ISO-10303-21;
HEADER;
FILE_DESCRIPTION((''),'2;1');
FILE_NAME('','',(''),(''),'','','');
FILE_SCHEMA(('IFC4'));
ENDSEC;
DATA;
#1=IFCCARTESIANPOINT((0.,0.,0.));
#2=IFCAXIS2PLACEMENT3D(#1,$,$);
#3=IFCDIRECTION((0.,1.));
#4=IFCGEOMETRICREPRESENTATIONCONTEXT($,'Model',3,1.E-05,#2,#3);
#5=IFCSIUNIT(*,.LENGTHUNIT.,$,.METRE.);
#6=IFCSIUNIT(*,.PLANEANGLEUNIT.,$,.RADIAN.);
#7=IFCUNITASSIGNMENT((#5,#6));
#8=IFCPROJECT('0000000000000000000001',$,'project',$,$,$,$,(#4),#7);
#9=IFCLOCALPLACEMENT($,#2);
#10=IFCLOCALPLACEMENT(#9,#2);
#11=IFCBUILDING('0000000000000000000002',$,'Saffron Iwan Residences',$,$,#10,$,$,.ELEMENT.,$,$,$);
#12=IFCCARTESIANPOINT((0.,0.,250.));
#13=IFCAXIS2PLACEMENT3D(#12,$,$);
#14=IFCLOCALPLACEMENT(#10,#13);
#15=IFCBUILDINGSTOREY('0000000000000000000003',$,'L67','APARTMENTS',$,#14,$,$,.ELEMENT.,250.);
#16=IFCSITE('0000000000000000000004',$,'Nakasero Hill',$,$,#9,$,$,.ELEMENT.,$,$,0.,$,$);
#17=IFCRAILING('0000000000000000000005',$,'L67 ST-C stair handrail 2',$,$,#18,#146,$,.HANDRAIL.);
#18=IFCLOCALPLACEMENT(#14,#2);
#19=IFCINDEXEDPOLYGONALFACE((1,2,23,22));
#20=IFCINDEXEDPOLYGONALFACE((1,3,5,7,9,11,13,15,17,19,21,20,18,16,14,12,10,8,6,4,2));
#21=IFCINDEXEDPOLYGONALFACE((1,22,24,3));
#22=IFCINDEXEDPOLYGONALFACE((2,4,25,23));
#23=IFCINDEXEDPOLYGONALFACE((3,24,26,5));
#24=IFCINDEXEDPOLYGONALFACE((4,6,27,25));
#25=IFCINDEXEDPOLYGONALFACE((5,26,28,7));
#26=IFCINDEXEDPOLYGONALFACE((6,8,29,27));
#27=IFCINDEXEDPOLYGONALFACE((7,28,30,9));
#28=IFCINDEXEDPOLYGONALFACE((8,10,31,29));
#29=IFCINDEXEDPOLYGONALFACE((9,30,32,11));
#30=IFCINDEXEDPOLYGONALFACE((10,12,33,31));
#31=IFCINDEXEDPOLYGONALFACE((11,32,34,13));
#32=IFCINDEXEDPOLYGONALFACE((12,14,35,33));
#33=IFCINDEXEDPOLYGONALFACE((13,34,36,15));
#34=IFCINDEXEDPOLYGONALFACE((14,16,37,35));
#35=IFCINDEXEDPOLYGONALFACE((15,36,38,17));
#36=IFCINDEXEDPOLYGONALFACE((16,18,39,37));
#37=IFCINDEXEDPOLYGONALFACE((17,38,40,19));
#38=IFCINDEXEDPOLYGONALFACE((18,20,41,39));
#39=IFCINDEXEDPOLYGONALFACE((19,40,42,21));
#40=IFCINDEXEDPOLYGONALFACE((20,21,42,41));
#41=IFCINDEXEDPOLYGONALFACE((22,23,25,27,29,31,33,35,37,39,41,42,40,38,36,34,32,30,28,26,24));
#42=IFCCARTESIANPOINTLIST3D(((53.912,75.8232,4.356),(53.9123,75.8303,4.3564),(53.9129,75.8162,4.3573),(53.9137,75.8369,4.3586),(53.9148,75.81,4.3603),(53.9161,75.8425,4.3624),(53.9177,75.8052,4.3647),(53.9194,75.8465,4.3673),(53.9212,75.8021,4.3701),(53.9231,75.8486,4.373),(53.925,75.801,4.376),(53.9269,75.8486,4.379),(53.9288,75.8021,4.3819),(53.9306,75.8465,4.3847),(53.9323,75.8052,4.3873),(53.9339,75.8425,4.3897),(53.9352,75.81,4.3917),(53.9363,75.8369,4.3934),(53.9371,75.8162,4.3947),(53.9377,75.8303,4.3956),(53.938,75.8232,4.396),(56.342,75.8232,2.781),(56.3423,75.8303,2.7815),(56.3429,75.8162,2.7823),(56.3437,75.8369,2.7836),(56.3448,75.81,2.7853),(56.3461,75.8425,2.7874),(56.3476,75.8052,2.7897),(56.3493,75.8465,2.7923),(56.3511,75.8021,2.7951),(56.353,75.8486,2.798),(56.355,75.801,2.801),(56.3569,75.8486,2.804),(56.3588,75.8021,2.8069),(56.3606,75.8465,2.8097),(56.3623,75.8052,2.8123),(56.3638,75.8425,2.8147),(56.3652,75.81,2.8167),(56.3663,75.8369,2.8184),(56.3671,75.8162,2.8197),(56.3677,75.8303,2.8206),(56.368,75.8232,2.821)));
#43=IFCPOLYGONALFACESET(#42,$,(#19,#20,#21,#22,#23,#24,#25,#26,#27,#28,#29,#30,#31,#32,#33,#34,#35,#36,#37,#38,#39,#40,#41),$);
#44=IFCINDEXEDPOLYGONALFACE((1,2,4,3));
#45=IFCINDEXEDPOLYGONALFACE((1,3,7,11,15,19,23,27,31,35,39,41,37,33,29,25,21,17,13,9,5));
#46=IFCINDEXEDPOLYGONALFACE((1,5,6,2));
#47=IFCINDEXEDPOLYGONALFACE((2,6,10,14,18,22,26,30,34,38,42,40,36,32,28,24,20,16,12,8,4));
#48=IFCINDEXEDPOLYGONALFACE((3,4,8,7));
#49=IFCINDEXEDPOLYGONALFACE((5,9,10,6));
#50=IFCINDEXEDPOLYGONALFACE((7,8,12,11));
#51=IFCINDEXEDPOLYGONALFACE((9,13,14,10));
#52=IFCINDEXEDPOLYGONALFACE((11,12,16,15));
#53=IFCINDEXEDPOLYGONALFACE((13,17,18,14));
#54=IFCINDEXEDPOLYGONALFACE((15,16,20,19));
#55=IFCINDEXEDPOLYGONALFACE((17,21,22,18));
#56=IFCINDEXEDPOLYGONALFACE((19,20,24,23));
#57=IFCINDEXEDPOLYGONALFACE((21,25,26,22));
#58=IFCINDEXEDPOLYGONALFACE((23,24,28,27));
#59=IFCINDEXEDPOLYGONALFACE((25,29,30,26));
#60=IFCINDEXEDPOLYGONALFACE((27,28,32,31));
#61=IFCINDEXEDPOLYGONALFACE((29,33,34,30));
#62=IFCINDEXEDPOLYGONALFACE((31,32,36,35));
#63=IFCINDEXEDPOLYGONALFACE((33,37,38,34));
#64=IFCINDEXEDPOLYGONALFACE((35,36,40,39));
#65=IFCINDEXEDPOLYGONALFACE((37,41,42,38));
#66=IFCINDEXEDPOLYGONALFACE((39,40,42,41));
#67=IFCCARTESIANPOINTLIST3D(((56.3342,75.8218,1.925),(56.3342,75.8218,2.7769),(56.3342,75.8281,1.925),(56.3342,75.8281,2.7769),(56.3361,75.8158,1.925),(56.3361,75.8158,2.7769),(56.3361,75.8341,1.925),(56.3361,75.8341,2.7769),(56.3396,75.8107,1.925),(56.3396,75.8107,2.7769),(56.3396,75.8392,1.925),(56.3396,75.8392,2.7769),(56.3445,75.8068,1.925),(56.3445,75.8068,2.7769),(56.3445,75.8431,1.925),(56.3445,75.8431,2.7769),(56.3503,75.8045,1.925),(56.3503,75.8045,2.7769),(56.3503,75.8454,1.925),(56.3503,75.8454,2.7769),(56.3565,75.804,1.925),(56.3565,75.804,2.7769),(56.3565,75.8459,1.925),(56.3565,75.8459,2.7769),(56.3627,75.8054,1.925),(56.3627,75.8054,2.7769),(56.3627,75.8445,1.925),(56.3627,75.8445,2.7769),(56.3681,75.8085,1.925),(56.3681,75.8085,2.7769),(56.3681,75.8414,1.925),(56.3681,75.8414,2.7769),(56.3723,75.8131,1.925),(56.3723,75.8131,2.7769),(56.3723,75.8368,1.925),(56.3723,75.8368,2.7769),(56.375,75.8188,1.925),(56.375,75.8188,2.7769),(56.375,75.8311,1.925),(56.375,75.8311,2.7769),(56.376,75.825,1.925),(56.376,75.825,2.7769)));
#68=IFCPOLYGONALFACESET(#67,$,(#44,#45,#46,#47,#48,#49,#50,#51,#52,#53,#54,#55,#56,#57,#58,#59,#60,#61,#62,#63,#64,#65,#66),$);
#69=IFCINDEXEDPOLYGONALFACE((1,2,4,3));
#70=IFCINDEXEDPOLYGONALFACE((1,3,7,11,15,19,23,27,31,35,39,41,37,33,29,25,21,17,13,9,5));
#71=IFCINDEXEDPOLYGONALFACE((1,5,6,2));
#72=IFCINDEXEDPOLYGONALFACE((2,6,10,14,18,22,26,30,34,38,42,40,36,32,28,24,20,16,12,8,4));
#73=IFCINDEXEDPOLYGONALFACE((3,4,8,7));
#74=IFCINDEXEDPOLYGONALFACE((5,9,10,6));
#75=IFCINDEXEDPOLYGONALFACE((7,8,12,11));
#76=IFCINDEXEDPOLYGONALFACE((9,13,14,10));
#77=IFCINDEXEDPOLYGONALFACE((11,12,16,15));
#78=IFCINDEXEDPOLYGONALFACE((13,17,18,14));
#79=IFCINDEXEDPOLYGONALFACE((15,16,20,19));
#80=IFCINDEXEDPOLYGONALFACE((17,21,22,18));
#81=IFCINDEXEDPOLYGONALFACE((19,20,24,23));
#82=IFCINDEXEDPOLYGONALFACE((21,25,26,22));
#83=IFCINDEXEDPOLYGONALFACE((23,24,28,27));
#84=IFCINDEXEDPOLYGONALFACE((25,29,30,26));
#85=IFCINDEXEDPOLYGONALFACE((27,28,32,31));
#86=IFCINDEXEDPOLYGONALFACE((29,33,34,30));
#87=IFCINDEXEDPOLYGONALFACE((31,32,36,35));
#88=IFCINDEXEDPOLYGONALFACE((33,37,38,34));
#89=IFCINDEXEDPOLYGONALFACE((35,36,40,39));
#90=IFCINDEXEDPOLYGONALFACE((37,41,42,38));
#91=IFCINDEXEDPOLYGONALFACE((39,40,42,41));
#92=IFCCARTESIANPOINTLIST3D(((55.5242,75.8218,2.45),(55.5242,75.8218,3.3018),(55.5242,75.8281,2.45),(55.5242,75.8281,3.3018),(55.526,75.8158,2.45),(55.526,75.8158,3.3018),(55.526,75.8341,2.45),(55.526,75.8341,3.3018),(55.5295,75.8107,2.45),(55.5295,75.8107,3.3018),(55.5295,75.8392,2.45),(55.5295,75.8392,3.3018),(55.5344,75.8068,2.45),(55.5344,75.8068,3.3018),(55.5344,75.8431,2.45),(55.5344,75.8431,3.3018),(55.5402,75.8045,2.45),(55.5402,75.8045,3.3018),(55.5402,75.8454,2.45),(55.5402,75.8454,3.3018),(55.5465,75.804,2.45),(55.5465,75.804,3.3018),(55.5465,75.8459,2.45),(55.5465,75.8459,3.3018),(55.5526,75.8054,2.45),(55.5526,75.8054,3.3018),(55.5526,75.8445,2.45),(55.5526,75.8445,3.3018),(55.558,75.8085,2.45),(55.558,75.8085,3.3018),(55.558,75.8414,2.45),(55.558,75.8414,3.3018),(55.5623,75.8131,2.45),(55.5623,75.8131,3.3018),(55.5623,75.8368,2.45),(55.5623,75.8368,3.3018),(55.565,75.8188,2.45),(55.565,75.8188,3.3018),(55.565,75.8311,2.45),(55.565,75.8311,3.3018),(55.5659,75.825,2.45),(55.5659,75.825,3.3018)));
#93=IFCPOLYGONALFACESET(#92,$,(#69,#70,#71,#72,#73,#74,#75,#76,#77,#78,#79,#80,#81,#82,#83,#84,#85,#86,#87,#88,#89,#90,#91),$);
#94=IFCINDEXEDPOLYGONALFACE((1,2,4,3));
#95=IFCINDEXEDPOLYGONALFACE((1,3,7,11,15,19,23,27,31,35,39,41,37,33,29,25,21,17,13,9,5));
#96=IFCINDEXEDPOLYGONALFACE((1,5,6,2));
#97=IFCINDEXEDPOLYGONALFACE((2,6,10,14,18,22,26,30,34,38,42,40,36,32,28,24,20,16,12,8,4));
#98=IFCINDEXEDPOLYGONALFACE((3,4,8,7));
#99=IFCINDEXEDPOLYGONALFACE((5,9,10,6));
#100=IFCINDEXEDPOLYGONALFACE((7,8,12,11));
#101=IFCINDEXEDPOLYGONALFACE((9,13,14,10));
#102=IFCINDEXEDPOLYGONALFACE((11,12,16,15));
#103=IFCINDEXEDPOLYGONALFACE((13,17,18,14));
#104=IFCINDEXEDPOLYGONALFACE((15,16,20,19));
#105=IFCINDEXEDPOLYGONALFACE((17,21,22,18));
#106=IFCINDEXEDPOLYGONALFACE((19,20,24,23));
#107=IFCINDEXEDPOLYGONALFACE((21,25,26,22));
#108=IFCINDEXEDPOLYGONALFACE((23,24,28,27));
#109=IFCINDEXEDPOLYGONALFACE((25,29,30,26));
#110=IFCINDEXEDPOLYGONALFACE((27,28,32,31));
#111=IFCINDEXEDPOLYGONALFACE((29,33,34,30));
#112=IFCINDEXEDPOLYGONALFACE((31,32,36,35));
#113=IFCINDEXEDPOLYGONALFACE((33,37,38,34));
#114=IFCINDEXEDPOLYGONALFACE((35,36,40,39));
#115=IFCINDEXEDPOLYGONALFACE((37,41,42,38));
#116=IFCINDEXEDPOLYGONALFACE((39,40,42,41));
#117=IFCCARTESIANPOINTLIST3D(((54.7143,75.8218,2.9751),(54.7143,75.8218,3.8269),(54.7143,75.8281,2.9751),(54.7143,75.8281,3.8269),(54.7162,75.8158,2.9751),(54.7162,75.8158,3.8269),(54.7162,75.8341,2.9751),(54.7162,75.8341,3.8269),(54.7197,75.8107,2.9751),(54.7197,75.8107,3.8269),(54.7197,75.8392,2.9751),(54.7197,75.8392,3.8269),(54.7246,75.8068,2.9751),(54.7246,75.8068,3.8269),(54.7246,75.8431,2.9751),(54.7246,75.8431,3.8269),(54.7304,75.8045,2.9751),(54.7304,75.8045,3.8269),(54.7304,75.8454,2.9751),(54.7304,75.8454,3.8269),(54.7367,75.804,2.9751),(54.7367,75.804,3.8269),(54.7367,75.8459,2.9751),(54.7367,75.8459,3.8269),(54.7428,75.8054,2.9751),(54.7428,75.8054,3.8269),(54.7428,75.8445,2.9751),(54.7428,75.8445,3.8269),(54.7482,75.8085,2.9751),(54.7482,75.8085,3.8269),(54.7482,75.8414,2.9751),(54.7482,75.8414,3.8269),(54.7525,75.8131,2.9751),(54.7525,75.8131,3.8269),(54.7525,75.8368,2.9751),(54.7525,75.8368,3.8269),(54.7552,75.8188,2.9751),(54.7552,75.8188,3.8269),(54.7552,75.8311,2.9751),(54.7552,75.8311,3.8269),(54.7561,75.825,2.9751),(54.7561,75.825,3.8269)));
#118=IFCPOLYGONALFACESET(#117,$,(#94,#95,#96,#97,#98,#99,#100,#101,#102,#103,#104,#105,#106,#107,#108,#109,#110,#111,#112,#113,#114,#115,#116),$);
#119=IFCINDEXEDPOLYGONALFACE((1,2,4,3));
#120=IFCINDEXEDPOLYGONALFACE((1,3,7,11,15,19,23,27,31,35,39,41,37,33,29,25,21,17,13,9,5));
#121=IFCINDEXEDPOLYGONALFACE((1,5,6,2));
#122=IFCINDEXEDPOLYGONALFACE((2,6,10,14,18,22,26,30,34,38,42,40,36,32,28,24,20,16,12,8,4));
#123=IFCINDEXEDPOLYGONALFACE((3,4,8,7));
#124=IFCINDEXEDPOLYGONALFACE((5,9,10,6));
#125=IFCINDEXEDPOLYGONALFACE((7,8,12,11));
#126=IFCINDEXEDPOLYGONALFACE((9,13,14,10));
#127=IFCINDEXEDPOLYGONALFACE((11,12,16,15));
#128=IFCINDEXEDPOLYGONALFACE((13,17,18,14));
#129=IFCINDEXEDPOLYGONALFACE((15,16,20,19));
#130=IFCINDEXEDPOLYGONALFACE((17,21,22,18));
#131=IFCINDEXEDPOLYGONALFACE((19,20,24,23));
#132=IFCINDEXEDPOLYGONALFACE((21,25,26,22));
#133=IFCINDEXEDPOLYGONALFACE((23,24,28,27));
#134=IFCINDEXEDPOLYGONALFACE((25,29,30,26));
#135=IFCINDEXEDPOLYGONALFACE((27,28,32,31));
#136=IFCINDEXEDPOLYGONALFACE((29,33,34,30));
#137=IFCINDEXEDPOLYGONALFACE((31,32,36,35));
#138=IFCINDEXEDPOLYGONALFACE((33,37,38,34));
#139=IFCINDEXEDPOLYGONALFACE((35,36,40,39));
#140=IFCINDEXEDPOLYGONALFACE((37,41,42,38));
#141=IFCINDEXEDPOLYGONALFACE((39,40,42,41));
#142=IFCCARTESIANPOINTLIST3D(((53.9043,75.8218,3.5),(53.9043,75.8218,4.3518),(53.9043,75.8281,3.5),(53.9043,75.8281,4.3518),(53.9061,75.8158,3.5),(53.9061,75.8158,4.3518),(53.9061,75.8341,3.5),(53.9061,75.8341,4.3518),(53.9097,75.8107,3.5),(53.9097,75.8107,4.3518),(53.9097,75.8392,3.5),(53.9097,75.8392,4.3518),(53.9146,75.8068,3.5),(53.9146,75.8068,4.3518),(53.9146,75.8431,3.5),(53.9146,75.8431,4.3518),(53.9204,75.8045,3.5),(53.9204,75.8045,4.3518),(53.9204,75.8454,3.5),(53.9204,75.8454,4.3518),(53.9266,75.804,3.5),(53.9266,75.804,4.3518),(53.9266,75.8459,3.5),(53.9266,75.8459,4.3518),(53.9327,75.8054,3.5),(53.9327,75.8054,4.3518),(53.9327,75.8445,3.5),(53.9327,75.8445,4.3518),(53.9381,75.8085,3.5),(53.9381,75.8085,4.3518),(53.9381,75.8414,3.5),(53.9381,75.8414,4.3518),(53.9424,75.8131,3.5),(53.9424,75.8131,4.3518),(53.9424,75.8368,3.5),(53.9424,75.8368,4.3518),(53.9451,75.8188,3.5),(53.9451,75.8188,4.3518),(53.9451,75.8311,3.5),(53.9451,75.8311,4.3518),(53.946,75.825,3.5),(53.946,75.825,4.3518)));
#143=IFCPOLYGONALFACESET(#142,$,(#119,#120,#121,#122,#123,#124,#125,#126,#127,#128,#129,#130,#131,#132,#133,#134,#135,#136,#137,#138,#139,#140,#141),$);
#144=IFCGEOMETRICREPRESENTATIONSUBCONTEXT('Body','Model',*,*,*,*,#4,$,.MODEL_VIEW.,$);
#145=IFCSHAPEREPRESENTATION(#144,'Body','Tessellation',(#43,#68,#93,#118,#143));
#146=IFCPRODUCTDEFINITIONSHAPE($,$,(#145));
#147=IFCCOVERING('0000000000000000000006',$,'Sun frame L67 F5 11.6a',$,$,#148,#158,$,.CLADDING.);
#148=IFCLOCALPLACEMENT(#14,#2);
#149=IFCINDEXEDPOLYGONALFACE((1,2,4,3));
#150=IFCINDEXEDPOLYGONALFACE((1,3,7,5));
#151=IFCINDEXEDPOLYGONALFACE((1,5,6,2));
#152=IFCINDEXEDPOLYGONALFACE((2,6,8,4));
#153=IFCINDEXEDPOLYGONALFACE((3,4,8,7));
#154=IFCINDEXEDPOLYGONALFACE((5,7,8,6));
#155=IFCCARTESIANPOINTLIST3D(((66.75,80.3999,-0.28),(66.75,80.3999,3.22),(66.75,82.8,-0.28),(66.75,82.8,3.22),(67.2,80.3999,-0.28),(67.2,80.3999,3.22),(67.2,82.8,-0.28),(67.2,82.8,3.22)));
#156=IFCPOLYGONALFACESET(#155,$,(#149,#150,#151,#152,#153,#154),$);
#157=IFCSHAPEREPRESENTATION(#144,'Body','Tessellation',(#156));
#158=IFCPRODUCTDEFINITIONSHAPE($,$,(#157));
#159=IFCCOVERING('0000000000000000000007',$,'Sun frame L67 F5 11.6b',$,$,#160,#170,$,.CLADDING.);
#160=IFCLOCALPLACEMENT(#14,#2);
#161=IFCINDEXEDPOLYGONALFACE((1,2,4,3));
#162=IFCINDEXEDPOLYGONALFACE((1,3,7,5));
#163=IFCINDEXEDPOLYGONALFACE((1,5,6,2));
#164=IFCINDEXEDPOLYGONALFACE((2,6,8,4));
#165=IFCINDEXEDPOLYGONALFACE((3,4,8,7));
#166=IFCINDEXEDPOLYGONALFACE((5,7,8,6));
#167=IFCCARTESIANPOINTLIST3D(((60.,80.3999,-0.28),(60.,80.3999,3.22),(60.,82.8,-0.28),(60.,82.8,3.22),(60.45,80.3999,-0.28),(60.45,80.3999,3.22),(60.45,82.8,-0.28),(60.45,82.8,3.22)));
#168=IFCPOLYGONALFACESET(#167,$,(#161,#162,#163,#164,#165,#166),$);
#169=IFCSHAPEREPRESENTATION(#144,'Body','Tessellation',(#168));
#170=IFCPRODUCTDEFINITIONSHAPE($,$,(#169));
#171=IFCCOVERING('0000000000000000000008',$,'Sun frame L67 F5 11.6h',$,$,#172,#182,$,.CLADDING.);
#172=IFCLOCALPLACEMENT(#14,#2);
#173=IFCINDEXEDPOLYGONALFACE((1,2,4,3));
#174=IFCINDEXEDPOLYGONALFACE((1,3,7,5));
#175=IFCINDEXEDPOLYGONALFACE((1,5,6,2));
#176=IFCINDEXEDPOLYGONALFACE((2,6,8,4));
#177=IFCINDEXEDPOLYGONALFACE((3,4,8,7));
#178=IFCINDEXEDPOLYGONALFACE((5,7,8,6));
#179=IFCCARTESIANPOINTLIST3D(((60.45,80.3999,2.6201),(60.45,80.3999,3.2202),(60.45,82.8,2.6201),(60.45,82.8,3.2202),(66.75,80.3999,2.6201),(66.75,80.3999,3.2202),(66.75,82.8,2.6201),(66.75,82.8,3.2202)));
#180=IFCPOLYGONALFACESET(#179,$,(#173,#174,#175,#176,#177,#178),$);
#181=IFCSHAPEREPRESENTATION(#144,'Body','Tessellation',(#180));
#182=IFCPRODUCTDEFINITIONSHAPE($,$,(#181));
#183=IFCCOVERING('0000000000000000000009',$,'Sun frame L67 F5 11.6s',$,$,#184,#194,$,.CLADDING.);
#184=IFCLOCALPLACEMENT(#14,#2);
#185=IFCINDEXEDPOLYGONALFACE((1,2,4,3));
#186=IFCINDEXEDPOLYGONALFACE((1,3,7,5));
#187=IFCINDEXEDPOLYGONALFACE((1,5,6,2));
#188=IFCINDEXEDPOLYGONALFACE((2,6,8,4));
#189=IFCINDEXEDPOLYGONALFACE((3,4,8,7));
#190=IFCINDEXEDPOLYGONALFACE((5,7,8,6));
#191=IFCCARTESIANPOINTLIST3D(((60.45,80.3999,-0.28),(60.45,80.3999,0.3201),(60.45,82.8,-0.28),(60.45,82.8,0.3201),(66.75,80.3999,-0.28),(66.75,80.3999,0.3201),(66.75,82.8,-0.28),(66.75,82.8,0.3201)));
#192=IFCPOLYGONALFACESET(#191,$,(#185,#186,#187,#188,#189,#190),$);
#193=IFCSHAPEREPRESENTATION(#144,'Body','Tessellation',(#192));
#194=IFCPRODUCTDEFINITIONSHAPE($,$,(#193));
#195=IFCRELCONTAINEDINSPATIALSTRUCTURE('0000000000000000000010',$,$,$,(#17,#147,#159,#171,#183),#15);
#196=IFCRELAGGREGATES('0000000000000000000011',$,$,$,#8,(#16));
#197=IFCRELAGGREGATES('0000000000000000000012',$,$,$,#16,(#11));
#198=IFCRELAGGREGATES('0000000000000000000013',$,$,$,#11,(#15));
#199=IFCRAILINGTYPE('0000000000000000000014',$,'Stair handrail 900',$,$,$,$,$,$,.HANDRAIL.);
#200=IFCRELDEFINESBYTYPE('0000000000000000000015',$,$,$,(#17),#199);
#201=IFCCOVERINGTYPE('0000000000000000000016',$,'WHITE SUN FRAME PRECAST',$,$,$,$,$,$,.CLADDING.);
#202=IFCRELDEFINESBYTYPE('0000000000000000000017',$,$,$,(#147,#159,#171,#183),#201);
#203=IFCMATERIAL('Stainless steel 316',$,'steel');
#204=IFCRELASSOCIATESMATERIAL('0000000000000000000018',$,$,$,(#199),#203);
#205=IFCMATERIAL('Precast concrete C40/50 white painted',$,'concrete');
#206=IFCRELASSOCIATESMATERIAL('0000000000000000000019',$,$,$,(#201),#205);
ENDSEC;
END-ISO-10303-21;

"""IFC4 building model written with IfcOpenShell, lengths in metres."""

from ifc_helpers import new_model, si_unit, direction, frame, origin, origin_2d, place, context, subcontext, project, spatial, polyline, circle, outline, extrude, material, type_object, element, save


model = new_model("IFC4")

# Units and contexts
model_context = context("Model", 3, precision=1e-05, world=origin(), true_north=direction((0.0, 1.0)))
body_context = subcontext(model_context, "Body", "Model", "MODEL_VIEW")
ifc_project = project(units=[si_unit("LENGTHUNIT", "METRE"), si_unit("PLANEANGLEUNIT", "RADIAN")], contexts=[model_context])

# Site, building, storey
site_placement = place(None, origin())
site = spatial("IfcSite", under=ifc_project, at=site_placement, Name="Nakasero Hill", CompositionType="ELEMENT", RefElevation=0.0)
building_placement = place(site_placement, origin())
building = spatial("IfcBuilding", under=site, at=building_placement, Name="Saffron Iwan Residences", CompositionType="ELEMENT")
storey_placement = place(building_placement, frame((0.0, 0.0, 250.0)))
storey = spatial("IfcBuildingStorey", under=building, at=storey_placement, Name="L67", Description="APARTMENTS", CompositionType="ELEMENT", Elevation=250.0)

# Railing
ifc_material_1 = material(Name="Stainless steel 316", Category="steel")
railing_type = type_object("IfcRailingType", Name="Stair handrail 900", PredefinedType="HANDRAIL", material=ifc_material_1)
railing_placement = place(storey_placement, frame((56.355, 75.825, 1.925)))
element("IfcRailing", 1, at=railing_placement, inside=storey, type_object=railing_type, Name="L67 ST-C stair handrail 2", PredefinedType="HANDRAIL", context=body_context, shape_type="SweptSolid", body=[
    extrude(circle(Radius=0.0239, at=origin_2d()), frame((0.0, 0.0, 0.876), z_axis=(-0.839154, 0.0, 0.543894), x_axis=(0.0, -1.0, 0.0)), (0.0, 0.0, 1.0), 2.8958),
    extrude(circle(Radius=0.021, at=origin_2d()), origin(), (0.0, 0.0, 1.0), 0.8518),
    extrude(circle(Radius=0.021, at=origin_2d()), frame((-0.8101, 0.0, 0.5249)), (0.0, 0.0, 1.0), 0.8518),
    extrude(circle(Radius=0.021, at=origin_2d()), frame((-1.6199, 0.0, 1.05)), (0.0, 0.0, 1.0), 0.8518),
    extrude(circle(Radius=0.021, at=origin_2d()), frame((-2.4299, 0.0, 1.575)), (0.0, 0.0, 1.0), 0.8518),
])

# Coverings
ifc_material_2 = material(Name="Precast concrete C40/50 white painted", Category="concrete")
covering_type_1 = type_object("IfcCoveringType", Name="WHITE SUN FRAME PRECAST", PredefinedType="CLADDING", material=ifc_material_2)
for number, where, z_axis, x_axis, name in (
    (2, (67.2, 80.3999, -0.28), (0.0, 1.0, 0.0), (-1.0, 0.0, 0.0), "Sun frame L67 F5 11.6a"),
    (3, (60.45, 80.3999, -0.28), (0.0, 1.0, 0.0), (-1.0, 0.0, 0.0), "Sun frame L67 F5 11.6b"),
):
    element("IfcCovering", number, at=place(storey_placement, frame(where, z_axis=z_axis, x_axis=x_axis)), inside=storey, type_object=covering_type_1, Name=name, PredefinedType="CLADDING", context=body_context, shape_type="SweptSolid", body=[
        extrude(outline(polyline([(0.0, 0.0), (0.45, 0.0), (0.45, 3.5), (0.0, 3.5), (0.0, 0.0)])), origin(), (0.0, 0.0, 1.0), 2.4001),
    ])
for number, where, z_axis, x_axis, name in (
    (4, (66.75, 80.3999, 2.6201), (0.0, 1.0, 0.0), (-1.0, 0.0, 0.0), "Sun frame L67 F5 11.6h"),
    (5, (66.75, 80.3999, -0.28), (0.0, 1.0, 0.0), (-1.0, 0.0, 0.0), "Sun frame L67 F5 11.6s"),
):
    element("IfcCovering", number, at=place(storey_placement, frame(where, z_axis=z_axis, x_axis=x_axis)), inside=storey, type_object=covering_type_1, Name=name, PredefinedType="CLADDING", context=body_context, shape_type="SweptSolid", body=[
        extrude(outline(polyline([(0.0, 0.0), (6.3, 0.0), (6.3, 0.6001), (0.0, 0.6001), (0.0, 0.0)])), origin(), (0.0, 0.0, 1.0), 2.4001),
    ])

save(model, "model.ifc")
